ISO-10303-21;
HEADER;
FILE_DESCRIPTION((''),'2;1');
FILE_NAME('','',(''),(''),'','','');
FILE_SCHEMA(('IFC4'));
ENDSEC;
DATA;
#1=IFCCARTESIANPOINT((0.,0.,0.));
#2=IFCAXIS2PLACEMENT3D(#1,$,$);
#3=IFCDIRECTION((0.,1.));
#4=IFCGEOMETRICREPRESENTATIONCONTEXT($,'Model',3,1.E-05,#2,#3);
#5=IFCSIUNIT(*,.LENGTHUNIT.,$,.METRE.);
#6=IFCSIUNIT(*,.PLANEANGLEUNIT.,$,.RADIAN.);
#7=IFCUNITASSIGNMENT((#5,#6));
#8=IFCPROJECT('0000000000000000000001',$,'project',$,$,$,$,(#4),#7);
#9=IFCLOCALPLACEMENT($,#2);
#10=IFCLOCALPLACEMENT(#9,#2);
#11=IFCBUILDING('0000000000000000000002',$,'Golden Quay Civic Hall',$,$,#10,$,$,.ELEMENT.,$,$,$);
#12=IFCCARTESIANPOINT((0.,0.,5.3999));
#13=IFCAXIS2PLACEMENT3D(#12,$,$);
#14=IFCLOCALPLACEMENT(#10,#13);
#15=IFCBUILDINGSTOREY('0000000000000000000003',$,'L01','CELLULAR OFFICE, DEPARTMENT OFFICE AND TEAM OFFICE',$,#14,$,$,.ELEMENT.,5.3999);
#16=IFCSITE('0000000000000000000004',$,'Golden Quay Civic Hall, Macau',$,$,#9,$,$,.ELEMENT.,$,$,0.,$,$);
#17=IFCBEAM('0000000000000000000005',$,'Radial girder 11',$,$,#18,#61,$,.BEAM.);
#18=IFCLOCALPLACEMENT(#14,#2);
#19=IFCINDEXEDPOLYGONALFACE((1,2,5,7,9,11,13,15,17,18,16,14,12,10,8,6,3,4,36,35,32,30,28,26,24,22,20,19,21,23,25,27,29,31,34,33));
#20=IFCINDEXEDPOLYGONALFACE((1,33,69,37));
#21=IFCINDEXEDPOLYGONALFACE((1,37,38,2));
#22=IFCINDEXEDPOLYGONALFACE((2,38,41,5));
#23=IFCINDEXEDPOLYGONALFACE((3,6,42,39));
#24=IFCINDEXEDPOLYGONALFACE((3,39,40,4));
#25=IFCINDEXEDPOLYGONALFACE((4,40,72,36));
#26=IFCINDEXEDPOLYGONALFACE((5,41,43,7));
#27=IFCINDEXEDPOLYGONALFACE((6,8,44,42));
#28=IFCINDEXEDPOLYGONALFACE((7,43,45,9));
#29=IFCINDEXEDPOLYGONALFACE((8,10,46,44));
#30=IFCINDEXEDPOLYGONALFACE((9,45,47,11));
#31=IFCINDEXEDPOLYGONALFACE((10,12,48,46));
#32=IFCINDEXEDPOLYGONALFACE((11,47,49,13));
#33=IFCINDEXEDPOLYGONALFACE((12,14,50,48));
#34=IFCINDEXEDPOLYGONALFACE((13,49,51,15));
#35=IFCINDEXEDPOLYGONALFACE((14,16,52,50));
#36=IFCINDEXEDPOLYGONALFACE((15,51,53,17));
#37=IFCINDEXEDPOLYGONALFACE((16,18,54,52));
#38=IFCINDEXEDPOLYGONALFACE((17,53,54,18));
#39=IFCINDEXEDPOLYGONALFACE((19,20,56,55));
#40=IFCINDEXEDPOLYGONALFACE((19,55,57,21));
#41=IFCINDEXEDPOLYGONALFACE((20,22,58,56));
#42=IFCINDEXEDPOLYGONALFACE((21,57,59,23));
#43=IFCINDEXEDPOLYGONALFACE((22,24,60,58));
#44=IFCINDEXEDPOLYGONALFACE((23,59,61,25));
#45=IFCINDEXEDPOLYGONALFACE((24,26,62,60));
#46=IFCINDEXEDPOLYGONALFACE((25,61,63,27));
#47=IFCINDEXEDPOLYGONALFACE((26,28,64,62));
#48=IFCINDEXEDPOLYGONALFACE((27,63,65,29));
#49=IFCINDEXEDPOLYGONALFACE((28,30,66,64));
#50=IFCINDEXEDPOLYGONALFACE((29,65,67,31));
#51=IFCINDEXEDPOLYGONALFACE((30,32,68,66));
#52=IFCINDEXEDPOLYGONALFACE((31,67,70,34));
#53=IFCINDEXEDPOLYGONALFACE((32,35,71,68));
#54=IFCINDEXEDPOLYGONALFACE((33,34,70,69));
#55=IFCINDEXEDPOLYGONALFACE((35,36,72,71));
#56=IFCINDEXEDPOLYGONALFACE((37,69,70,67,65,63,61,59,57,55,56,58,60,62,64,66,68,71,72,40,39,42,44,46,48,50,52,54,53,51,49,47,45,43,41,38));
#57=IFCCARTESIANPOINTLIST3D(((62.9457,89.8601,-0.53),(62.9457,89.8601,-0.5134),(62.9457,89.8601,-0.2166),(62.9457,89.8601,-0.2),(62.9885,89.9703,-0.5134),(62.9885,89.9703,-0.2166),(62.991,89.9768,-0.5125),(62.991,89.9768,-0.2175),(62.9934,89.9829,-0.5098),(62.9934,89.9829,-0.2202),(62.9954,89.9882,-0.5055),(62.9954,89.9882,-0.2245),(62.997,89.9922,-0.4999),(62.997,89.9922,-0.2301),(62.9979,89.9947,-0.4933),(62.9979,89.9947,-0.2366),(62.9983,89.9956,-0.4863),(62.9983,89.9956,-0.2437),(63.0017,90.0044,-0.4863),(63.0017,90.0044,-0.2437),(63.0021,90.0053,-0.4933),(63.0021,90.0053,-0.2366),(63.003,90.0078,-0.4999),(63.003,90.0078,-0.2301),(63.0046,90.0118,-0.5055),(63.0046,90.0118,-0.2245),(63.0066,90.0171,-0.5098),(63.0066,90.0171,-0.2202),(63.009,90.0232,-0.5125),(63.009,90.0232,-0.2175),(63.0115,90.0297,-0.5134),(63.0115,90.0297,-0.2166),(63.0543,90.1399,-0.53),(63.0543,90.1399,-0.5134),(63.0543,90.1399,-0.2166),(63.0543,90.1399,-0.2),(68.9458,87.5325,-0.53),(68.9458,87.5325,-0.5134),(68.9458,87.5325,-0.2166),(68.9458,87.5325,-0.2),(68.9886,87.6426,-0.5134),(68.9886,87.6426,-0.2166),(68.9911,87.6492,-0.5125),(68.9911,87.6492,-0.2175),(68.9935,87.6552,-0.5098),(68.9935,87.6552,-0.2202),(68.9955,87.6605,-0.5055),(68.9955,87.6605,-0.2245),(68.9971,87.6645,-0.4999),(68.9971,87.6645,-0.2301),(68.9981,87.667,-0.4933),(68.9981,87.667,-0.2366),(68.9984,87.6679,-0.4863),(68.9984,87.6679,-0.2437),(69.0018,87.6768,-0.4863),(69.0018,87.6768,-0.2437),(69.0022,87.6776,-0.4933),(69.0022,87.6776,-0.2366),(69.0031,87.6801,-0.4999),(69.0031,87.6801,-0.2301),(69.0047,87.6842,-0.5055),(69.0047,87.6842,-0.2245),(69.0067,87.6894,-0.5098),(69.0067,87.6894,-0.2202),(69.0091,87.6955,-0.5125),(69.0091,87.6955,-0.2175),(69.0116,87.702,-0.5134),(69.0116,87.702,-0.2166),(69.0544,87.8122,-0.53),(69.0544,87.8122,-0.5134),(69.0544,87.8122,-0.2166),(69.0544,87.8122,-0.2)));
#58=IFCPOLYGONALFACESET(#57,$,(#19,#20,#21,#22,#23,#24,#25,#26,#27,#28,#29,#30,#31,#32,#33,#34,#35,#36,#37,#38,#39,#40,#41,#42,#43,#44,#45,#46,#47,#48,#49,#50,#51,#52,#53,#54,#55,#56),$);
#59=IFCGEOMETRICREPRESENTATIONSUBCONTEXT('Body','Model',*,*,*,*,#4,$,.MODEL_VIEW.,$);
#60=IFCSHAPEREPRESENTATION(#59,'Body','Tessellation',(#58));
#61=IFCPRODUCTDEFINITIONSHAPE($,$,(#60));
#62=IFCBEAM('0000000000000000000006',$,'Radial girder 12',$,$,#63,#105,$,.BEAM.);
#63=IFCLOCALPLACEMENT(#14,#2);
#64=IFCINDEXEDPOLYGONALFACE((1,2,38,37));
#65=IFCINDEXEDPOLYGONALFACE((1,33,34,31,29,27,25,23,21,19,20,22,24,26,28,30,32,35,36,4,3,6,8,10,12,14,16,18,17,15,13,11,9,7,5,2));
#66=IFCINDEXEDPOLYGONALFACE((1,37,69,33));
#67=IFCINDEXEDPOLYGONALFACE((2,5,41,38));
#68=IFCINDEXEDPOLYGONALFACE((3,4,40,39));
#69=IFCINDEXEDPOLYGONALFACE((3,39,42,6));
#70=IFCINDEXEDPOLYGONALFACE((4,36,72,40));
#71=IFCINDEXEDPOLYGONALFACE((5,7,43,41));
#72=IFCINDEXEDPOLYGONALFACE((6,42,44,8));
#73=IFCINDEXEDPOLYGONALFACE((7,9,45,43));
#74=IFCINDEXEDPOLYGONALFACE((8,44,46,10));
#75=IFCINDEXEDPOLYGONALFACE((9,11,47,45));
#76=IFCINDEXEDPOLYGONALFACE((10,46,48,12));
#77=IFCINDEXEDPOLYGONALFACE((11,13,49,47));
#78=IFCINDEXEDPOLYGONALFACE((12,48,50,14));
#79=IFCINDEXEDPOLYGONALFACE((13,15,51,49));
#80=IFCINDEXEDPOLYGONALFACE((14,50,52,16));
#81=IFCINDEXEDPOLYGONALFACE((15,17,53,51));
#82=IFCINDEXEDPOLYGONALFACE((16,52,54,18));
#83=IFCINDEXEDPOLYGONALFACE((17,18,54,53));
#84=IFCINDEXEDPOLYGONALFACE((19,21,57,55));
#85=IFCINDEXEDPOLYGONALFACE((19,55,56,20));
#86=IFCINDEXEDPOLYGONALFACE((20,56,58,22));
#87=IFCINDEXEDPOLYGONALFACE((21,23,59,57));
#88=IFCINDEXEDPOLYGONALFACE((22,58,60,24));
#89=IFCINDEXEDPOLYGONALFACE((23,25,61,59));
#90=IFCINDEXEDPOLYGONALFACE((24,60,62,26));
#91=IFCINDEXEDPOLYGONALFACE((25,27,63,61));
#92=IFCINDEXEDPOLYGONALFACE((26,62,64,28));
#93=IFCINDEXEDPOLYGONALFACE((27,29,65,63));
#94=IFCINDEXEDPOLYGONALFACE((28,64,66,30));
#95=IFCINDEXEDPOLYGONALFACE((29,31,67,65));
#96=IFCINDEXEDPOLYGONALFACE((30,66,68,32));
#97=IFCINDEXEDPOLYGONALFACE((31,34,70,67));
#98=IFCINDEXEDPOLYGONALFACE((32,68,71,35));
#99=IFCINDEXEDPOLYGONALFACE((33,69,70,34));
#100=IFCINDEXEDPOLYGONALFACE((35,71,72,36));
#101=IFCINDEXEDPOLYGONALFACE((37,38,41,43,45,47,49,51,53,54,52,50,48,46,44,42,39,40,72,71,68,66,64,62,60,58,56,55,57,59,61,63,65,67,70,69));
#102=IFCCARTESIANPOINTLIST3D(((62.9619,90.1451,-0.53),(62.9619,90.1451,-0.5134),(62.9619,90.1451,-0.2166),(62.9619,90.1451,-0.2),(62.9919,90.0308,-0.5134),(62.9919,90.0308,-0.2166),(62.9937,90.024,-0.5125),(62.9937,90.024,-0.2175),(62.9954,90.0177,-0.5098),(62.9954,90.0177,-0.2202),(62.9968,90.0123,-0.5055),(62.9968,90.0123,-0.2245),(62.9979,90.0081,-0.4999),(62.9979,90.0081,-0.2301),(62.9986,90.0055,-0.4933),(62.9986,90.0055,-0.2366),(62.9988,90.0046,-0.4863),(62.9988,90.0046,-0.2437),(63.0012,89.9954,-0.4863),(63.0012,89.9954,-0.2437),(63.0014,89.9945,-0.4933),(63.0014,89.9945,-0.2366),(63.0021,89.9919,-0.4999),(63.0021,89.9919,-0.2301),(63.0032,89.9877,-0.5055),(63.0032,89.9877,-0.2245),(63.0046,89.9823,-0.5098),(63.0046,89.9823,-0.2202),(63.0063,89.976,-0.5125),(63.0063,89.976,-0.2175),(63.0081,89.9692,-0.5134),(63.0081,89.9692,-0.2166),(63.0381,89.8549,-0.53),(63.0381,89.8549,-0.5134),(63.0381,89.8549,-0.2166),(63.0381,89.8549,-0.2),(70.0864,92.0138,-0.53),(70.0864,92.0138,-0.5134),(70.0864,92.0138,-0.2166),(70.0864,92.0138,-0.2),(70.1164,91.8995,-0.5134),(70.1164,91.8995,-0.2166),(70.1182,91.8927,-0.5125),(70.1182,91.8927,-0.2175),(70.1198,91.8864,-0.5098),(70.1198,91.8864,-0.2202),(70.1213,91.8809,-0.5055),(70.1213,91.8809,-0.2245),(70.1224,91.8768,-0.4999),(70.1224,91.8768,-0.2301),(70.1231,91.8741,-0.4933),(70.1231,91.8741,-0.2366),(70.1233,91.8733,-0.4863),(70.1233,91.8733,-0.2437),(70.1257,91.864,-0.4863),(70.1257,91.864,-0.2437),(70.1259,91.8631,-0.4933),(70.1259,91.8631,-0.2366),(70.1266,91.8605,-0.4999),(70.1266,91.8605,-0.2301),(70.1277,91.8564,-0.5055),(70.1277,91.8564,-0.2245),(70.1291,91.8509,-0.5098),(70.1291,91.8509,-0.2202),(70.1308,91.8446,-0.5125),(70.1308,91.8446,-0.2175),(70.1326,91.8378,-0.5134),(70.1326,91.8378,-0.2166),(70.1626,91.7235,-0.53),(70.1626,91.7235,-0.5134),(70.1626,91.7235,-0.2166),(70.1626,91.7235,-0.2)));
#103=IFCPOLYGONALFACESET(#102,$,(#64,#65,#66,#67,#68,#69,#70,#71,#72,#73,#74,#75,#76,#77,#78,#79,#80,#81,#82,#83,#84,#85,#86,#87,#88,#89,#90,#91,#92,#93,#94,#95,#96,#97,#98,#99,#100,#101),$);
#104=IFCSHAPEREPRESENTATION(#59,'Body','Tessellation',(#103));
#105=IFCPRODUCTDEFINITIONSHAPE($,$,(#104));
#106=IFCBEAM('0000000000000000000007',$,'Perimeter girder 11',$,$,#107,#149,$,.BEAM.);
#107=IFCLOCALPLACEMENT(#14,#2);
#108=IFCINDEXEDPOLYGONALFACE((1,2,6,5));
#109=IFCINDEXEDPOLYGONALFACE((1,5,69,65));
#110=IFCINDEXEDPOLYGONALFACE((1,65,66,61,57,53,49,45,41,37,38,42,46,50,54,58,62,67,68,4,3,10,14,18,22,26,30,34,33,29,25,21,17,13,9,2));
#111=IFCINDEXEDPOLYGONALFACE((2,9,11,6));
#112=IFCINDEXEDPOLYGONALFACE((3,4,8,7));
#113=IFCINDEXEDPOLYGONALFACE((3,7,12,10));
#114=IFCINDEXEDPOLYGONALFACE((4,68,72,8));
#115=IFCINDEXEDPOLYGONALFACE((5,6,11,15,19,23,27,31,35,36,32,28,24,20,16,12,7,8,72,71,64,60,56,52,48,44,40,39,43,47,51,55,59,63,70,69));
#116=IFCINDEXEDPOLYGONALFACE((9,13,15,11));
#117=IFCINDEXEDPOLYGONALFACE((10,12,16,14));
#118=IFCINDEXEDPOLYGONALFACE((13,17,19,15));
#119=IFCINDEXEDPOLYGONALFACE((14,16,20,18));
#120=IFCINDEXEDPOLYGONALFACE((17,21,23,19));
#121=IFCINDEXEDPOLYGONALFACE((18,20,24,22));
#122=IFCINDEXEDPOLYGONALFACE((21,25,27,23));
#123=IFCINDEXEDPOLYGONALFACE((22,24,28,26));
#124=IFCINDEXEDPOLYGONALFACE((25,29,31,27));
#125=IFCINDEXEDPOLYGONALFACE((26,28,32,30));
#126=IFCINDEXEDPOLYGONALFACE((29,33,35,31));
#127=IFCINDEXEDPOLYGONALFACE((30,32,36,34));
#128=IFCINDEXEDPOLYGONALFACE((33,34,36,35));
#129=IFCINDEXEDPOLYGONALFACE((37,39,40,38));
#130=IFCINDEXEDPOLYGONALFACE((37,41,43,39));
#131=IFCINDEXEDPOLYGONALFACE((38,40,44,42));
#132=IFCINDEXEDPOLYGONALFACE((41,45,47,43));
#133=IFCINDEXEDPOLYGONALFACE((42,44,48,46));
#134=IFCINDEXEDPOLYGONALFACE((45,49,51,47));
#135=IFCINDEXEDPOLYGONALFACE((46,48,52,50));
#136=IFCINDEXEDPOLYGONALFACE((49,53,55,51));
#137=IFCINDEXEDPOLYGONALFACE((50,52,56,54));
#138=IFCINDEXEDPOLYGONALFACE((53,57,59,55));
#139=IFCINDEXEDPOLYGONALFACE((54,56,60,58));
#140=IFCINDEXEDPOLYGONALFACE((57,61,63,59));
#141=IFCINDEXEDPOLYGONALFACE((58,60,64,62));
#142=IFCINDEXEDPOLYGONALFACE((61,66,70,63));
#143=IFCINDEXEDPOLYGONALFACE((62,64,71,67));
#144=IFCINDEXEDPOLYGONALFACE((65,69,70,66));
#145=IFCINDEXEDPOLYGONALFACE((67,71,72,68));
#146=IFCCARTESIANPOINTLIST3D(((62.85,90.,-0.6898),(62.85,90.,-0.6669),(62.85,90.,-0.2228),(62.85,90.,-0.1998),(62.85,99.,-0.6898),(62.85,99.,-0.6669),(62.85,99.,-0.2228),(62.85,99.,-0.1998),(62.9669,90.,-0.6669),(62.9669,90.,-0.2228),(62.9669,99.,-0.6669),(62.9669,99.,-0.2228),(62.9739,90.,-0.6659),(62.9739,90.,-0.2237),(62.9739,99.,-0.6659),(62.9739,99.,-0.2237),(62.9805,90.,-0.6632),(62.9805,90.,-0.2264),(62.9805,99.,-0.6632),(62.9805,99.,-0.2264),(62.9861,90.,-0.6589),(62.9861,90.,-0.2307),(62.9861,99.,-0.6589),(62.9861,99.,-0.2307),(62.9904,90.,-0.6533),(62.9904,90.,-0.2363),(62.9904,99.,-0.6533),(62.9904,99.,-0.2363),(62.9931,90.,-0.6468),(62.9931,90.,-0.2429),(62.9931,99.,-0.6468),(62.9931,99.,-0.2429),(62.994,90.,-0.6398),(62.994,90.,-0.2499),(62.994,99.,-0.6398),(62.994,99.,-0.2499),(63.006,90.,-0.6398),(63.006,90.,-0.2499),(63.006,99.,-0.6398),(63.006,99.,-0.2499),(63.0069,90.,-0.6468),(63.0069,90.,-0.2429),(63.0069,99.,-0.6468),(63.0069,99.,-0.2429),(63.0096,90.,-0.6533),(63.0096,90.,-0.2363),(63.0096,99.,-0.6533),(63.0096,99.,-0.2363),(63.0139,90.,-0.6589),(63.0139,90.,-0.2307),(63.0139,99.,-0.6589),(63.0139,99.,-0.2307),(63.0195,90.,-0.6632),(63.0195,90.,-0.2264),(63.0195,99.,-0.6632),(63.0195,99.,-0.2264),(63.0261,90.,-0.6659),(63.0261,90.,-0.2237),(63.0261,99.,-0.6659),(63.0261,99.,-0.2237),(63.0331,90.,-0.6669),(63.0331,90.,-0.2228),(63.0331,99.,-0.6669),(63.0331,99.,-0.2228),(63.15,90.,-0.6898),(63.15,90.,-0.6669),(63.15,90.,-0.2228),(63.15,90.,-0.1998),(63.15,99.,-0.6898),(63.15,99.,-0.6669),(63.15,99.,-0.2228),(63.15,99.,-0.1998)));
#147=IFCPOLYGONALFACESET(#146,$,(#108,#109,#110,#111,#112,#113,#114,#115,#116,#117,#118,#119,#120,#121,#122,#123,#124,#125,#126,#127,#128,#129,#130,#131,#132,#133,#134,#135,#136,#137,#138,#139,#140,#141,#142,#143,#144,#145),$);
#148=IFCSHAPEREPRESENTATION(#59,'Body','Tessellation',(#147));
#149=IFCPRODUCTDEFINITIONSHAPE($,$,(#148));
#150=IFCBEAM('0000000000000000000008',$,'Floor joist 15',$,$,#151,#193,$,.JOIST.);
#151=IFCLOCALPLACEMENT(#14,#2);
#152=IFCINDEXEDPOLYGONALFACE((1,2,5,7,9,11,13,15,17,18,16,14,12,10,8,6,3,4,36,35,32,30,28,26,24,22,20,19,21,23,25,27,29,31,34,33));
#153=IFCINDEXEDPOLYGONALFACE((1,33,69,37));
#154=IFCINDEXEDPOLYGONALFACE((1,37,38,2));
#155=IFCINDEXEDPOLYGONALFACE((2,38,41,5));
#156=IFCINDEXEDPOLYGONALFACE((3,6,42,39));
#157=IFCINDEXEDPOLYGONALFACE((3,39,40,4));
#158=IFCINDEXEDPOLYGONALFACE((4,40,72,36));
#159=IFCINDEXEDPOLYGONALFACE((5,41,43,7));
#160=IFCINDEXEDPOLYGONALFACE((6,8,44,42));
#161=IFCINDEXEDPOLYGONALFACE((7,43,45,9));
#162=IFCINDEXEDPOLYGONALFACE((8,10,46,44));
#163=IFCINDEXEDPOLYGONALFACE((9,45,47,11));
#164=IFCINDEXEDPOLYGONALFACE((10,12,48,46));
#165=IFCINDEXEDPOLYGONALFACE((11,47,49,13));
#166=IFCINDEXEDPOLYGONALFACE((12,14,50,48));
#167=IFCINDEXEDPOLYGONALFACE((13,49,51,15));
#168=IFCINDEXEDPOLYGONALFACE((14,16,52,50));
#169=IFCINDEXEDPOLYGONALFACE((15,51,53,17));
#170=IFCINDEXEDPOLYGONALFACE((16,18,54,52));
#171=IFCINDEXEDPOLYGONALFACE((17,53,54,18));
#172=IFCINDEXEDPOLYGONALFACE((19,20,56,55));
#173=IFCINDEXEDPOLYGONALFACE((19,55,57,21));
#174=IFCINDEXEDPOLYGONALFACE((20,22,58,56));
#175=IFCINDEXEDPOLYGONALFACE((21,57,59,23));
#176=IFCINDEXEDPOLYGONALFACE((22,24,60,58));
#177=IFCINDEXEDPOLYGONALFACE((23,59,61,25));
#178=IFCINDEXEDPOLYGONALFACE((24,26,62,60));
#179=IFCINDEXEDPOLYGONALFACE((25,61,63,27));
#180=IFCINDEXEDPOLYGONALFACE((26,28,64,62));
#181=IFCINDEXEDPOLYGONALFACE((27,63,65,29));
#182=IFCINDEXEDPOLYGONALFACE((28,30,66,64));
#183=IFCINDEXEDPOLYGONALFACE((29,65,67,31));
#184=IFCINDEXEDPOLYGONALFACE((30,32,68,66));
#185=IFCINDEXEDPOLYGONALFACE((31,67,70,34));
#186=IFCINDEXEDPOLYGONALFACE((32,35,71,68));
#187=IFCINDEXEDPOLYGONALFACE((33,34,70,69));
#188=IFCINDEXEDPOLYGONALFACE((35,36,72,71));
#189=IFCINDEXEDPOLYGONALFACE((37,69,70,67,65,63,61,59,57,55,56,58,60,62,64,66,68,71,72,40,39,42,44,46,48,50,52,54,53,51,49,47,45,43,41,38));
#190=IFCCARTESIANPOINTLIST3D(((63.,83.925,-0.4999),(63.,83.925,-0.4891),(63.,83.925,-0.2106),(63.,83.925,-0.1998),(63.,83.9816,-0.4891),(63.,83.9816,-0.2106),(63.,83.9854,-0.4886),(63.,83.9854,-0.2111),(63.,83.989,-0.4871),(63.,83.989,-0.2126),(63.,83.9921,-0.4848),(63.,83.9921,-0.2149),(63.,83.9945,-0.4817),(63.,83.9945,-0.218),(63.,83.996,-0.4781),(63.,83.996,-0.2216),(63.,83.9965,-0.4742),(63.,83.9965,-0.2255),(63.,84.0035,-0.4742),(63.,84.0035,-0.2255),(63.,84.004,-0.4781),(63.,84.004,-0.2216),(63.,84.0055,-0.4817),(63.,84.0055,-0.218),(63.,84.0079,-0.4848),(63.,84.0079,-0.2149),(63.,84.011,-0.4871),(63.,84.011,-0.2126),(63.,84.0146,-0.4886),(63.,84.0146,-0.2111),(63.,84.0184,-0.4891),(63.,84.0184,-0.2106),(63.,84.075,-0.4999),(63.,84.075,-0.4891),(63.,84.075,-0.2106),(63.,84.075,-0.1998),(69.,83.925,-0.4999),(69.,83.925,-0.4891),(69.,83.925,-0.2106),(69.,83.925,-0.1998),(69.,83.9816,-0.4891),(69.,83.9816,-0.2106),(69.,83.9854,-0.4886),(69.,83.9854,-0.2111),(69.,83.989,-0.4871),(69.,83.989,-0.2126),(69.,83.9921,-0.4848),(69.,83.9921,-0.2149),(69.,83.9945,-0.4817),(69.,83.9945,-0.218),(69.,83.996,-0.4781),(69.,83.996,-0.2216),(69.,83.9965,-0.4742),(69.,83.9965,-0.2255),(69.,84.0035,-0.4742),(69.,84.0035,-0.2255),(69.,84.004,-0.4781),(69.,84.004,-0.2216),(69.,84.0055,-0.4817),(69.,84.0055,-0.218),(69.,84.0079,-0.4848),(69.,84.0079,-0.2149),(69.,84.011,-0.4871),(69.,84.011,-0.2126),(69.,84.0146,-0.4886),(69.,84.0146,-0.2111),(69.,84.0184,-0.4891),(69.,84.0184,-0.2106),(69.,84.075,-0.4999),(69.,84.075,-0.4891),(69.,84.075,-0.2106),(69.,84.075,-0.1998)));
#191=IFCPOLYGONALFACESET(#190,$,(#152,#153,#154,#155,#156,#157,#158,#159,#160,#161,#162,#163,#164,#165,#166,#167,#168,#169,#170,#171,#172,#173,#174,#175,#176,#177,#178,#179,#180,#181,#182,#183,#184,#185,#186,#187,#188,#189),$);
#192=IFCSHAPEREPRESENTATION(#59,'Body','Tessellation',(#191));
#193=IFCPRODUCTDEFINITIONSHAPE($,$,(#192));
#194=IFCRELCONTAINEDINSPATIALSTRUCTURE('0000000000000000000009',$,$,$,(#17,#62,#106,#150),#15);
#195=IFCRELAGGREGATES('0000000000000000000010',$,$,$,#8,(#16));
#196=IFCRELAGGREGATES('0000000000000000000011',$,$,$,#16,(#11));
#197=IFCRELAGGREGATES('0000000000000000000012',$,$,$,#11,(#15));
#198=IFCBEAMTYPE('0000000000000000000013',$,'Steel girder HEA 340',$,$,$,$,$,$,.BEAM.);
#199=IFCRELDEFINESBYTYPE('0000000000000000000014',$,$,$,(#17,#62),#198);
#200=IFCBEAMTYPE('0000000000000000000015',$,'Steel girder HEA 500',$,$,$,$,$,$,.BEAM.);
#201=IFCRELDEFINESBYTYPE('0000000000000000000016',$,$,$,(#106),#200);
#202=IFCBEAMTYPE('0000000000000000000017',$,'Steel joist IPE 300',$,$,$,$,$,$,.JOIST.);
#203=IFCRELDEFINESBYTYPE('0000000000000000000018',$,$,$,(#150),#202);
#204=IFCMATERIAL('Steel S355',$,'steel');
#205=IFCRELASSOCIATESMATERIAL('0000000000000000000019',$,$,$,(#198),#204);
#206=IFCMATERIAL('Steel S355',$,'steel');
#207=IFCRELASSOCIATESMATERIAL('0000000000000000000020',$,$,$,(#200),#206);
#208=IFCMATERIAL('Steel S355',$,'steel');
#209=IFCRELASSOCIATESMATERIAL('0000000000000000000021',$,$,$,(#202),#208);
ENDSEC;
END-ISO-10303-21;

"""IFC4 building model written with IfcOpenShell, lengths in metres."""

from ifc_helpers import new_model, si_unit, direction, frame, origin, origin_2d, place, context, subcontext, project, spatial, i_section, extrude, material, material_profile, profile_set, type_object, element, save


model = new_model("IFC4")

# Units and contexts
model_context = context("Model", 3, precision=1e-05, world=origin(), true_north=direction((0.0, 1.0)))
body_context = subcontext(model_context, "Body", "Model", "MODEL_VIEW")
ifc_project = project(units=[si_unit("LENGTHUNIT", "METRE"), si_unit("PLANEANGLEUNIT", "RADIAN")], contexts=[model_context])

# Site, building, storey
site_placement = place(None, origin())
site = spatial("IfcSite", under=ifc_project, at=site_placement, Name="Golden Quay Civic Hall, Macau", CompositionType="ELEMENT", RefElevation=0.0)
building_placement = place(site_placement, origin())
building = spatial("IfcBuilding", under=site, at=building_placement, Name="Golden Quay Civic Hall", CompositionType="ELEMENT")
storey_placement = place(building_placement, frame((0.0, 0.0, 5.3999)))
storey = spatial("IfcBuildingStorey", under=building, at=storey_placement, Name="L01", Description="CELLULAR OFFICE, DEPARTMENT OFFICE AND TEAM OFFICE", CompositionType="ELEMENT", Elevation=5.3999)

# Beams
ifc_material_1 = material(Name="Steel S355", Category="steel")
ifc_material_profile_1 = material_profile(ifc_material_1, i_section(OverallWidth=0.3, OverallDepth=0.3301, WebThickness=0.0095, FlangeThickness=0.0166, FilletRadius=0.0271, at=origin_2d()), Name="HEA 340")
ifc_profile_set_1 = profile_set([ifc_material_profile_1], Name="Steel S355")
beam_type_1 = type_object("IfcBeamType", Name="Steel girder HEA 340", PredefinedType="BEAM", material=ifc_profile_set_1)
beam_1_placement = place(storey_placement, frame((63.0, 90.0, -0.365), z_axis=(0.932303, -0.361677, 0.0), x_axis=(0.361677, 0.932303, 0.0)))
element("IfcBeam", 1, at=beam_1_placement, inside=storey, type_object=beam_type_1, Name="Radial girder 11", PredefinedType="BEAM", context=body_context, shape_type="SweptSolid", body=[
    extrude(i_section(OverallWidth=0.3, OverallDepth=0.3301, WebThickness=0.0095, FlangeThickness=0.0166, FilletRadius=0.0271, at=origin_2d()), origin(), (0.0, 0.0, 1.0), 6.4358),
])
beam_2_placement = place(storey_placement, frame((63.0, 90.0, -0.365), z_axis=(0.967282, 0.253704, 0.0), x_axis=(-0.253704, 0.967282, 0.0)))
element("IfcBeam", 2, at=beam_2_placement, inside=storey, type_object=beam_type_1, Name="Radial girder 12", PredefinedType="BEAM", context=body_context, shape_type="SweptSolid", body=[
    extrude(i_section(OverallWidth=0.3, OverallDepth=0.3301, WebThickness=0.0095, FlangeThickness=0.0166, FilletRadius=0.0271, at=origin_2d()), origin(), (0.0, 0.0, 1.0), 7.3655),
])
ifc_material_2 = material(Name="Steel S355", Category="steel")
ifc_material_profile_2 = material_profile(ifc_material_2, i_section(OverallWidth=0.3, OverallDepth=0.49, WebThickness=0.012, FlangeThickness=0.0229, FilletRadius=0.0271, at=origin_2d()), Name="HEA 500")
ifc_profile_set_2 = profile_set([ifc_material_profile_2], Name="Steel S355")
beam_type_2 = type_object("IfcBeamType", Name="Steel girder HEA 500", PredefinedType="BEAM", material=ifc_profile_set_2)
beam_3_placement = place(storey_placement, frame((63.0, 90.0, -0.4448), z_axis=(0.0, 1.0, 0.0), x_axis=(-1.0, 0.0, 0.0)))
element("IfcBeam", 3, at=beam_3_placement, inside=storey, type_object=beam_type_2, Name="Perimeter girder 11", PredefinedType="BEAM", context=body_context, shape_type="SweptSolid", body=[
    extrude(i_section(OverallWidth=0.3, OverallDepth=0.49, WebThickness=0.012, FlangeThickness=0.0229, FilletRadius=0.0271, at=origin_2d()), origin(), (0.0, 0.0, 1.0), 9.0),
])
ifc_material_3 = material(Name="Steel S355", Category="steel")
ifc_material_profile_3 = material_profile(ifc_material_3, i_section(OverallWidth=0.1499, OverallDepth=0.3, WebThickness=0.0071, FlangeThickness=0.0107, FilletRadius=0.0149, at=origin_2d()), Name="IPE 300")
ifc_profile_set_3 = profile_set([ifc_material_profile_3], Name="Steel S355")
beam_type_3 = type_object("IfcBeamType", Name="Steel joist IPE 300", PredefinedType="JOIST", material=ifc_profile_set_3)
for number, where, z_axis, x_axis, name in (
    (4, (63.0, 84.0, -0.3499), (1.0, 0.0, 0.0), (0.0, 1.0, 0.0), "Floor joist 15"),
):
    element("IfcBeam", number, at=place(storey_placement, frame(where, z_axis=z_axis, x_axis=x_axis)), inside=storey, type_object=beam_type_3, Name=name, PredefinedType="JOIST", context=body_context, shape_type="SweptSolid", body=[
        extrude(i_section(OverallWidth=0.1499, OverallDepth=0.3, WebThickness=0.0071, FlangeThickness=0.0107, FilletRadius=0.0149, at=origin_2d()), origin(), (0.0, 0.0, 1.0), 6.0),
    ])

save(model, "model.ifc")
